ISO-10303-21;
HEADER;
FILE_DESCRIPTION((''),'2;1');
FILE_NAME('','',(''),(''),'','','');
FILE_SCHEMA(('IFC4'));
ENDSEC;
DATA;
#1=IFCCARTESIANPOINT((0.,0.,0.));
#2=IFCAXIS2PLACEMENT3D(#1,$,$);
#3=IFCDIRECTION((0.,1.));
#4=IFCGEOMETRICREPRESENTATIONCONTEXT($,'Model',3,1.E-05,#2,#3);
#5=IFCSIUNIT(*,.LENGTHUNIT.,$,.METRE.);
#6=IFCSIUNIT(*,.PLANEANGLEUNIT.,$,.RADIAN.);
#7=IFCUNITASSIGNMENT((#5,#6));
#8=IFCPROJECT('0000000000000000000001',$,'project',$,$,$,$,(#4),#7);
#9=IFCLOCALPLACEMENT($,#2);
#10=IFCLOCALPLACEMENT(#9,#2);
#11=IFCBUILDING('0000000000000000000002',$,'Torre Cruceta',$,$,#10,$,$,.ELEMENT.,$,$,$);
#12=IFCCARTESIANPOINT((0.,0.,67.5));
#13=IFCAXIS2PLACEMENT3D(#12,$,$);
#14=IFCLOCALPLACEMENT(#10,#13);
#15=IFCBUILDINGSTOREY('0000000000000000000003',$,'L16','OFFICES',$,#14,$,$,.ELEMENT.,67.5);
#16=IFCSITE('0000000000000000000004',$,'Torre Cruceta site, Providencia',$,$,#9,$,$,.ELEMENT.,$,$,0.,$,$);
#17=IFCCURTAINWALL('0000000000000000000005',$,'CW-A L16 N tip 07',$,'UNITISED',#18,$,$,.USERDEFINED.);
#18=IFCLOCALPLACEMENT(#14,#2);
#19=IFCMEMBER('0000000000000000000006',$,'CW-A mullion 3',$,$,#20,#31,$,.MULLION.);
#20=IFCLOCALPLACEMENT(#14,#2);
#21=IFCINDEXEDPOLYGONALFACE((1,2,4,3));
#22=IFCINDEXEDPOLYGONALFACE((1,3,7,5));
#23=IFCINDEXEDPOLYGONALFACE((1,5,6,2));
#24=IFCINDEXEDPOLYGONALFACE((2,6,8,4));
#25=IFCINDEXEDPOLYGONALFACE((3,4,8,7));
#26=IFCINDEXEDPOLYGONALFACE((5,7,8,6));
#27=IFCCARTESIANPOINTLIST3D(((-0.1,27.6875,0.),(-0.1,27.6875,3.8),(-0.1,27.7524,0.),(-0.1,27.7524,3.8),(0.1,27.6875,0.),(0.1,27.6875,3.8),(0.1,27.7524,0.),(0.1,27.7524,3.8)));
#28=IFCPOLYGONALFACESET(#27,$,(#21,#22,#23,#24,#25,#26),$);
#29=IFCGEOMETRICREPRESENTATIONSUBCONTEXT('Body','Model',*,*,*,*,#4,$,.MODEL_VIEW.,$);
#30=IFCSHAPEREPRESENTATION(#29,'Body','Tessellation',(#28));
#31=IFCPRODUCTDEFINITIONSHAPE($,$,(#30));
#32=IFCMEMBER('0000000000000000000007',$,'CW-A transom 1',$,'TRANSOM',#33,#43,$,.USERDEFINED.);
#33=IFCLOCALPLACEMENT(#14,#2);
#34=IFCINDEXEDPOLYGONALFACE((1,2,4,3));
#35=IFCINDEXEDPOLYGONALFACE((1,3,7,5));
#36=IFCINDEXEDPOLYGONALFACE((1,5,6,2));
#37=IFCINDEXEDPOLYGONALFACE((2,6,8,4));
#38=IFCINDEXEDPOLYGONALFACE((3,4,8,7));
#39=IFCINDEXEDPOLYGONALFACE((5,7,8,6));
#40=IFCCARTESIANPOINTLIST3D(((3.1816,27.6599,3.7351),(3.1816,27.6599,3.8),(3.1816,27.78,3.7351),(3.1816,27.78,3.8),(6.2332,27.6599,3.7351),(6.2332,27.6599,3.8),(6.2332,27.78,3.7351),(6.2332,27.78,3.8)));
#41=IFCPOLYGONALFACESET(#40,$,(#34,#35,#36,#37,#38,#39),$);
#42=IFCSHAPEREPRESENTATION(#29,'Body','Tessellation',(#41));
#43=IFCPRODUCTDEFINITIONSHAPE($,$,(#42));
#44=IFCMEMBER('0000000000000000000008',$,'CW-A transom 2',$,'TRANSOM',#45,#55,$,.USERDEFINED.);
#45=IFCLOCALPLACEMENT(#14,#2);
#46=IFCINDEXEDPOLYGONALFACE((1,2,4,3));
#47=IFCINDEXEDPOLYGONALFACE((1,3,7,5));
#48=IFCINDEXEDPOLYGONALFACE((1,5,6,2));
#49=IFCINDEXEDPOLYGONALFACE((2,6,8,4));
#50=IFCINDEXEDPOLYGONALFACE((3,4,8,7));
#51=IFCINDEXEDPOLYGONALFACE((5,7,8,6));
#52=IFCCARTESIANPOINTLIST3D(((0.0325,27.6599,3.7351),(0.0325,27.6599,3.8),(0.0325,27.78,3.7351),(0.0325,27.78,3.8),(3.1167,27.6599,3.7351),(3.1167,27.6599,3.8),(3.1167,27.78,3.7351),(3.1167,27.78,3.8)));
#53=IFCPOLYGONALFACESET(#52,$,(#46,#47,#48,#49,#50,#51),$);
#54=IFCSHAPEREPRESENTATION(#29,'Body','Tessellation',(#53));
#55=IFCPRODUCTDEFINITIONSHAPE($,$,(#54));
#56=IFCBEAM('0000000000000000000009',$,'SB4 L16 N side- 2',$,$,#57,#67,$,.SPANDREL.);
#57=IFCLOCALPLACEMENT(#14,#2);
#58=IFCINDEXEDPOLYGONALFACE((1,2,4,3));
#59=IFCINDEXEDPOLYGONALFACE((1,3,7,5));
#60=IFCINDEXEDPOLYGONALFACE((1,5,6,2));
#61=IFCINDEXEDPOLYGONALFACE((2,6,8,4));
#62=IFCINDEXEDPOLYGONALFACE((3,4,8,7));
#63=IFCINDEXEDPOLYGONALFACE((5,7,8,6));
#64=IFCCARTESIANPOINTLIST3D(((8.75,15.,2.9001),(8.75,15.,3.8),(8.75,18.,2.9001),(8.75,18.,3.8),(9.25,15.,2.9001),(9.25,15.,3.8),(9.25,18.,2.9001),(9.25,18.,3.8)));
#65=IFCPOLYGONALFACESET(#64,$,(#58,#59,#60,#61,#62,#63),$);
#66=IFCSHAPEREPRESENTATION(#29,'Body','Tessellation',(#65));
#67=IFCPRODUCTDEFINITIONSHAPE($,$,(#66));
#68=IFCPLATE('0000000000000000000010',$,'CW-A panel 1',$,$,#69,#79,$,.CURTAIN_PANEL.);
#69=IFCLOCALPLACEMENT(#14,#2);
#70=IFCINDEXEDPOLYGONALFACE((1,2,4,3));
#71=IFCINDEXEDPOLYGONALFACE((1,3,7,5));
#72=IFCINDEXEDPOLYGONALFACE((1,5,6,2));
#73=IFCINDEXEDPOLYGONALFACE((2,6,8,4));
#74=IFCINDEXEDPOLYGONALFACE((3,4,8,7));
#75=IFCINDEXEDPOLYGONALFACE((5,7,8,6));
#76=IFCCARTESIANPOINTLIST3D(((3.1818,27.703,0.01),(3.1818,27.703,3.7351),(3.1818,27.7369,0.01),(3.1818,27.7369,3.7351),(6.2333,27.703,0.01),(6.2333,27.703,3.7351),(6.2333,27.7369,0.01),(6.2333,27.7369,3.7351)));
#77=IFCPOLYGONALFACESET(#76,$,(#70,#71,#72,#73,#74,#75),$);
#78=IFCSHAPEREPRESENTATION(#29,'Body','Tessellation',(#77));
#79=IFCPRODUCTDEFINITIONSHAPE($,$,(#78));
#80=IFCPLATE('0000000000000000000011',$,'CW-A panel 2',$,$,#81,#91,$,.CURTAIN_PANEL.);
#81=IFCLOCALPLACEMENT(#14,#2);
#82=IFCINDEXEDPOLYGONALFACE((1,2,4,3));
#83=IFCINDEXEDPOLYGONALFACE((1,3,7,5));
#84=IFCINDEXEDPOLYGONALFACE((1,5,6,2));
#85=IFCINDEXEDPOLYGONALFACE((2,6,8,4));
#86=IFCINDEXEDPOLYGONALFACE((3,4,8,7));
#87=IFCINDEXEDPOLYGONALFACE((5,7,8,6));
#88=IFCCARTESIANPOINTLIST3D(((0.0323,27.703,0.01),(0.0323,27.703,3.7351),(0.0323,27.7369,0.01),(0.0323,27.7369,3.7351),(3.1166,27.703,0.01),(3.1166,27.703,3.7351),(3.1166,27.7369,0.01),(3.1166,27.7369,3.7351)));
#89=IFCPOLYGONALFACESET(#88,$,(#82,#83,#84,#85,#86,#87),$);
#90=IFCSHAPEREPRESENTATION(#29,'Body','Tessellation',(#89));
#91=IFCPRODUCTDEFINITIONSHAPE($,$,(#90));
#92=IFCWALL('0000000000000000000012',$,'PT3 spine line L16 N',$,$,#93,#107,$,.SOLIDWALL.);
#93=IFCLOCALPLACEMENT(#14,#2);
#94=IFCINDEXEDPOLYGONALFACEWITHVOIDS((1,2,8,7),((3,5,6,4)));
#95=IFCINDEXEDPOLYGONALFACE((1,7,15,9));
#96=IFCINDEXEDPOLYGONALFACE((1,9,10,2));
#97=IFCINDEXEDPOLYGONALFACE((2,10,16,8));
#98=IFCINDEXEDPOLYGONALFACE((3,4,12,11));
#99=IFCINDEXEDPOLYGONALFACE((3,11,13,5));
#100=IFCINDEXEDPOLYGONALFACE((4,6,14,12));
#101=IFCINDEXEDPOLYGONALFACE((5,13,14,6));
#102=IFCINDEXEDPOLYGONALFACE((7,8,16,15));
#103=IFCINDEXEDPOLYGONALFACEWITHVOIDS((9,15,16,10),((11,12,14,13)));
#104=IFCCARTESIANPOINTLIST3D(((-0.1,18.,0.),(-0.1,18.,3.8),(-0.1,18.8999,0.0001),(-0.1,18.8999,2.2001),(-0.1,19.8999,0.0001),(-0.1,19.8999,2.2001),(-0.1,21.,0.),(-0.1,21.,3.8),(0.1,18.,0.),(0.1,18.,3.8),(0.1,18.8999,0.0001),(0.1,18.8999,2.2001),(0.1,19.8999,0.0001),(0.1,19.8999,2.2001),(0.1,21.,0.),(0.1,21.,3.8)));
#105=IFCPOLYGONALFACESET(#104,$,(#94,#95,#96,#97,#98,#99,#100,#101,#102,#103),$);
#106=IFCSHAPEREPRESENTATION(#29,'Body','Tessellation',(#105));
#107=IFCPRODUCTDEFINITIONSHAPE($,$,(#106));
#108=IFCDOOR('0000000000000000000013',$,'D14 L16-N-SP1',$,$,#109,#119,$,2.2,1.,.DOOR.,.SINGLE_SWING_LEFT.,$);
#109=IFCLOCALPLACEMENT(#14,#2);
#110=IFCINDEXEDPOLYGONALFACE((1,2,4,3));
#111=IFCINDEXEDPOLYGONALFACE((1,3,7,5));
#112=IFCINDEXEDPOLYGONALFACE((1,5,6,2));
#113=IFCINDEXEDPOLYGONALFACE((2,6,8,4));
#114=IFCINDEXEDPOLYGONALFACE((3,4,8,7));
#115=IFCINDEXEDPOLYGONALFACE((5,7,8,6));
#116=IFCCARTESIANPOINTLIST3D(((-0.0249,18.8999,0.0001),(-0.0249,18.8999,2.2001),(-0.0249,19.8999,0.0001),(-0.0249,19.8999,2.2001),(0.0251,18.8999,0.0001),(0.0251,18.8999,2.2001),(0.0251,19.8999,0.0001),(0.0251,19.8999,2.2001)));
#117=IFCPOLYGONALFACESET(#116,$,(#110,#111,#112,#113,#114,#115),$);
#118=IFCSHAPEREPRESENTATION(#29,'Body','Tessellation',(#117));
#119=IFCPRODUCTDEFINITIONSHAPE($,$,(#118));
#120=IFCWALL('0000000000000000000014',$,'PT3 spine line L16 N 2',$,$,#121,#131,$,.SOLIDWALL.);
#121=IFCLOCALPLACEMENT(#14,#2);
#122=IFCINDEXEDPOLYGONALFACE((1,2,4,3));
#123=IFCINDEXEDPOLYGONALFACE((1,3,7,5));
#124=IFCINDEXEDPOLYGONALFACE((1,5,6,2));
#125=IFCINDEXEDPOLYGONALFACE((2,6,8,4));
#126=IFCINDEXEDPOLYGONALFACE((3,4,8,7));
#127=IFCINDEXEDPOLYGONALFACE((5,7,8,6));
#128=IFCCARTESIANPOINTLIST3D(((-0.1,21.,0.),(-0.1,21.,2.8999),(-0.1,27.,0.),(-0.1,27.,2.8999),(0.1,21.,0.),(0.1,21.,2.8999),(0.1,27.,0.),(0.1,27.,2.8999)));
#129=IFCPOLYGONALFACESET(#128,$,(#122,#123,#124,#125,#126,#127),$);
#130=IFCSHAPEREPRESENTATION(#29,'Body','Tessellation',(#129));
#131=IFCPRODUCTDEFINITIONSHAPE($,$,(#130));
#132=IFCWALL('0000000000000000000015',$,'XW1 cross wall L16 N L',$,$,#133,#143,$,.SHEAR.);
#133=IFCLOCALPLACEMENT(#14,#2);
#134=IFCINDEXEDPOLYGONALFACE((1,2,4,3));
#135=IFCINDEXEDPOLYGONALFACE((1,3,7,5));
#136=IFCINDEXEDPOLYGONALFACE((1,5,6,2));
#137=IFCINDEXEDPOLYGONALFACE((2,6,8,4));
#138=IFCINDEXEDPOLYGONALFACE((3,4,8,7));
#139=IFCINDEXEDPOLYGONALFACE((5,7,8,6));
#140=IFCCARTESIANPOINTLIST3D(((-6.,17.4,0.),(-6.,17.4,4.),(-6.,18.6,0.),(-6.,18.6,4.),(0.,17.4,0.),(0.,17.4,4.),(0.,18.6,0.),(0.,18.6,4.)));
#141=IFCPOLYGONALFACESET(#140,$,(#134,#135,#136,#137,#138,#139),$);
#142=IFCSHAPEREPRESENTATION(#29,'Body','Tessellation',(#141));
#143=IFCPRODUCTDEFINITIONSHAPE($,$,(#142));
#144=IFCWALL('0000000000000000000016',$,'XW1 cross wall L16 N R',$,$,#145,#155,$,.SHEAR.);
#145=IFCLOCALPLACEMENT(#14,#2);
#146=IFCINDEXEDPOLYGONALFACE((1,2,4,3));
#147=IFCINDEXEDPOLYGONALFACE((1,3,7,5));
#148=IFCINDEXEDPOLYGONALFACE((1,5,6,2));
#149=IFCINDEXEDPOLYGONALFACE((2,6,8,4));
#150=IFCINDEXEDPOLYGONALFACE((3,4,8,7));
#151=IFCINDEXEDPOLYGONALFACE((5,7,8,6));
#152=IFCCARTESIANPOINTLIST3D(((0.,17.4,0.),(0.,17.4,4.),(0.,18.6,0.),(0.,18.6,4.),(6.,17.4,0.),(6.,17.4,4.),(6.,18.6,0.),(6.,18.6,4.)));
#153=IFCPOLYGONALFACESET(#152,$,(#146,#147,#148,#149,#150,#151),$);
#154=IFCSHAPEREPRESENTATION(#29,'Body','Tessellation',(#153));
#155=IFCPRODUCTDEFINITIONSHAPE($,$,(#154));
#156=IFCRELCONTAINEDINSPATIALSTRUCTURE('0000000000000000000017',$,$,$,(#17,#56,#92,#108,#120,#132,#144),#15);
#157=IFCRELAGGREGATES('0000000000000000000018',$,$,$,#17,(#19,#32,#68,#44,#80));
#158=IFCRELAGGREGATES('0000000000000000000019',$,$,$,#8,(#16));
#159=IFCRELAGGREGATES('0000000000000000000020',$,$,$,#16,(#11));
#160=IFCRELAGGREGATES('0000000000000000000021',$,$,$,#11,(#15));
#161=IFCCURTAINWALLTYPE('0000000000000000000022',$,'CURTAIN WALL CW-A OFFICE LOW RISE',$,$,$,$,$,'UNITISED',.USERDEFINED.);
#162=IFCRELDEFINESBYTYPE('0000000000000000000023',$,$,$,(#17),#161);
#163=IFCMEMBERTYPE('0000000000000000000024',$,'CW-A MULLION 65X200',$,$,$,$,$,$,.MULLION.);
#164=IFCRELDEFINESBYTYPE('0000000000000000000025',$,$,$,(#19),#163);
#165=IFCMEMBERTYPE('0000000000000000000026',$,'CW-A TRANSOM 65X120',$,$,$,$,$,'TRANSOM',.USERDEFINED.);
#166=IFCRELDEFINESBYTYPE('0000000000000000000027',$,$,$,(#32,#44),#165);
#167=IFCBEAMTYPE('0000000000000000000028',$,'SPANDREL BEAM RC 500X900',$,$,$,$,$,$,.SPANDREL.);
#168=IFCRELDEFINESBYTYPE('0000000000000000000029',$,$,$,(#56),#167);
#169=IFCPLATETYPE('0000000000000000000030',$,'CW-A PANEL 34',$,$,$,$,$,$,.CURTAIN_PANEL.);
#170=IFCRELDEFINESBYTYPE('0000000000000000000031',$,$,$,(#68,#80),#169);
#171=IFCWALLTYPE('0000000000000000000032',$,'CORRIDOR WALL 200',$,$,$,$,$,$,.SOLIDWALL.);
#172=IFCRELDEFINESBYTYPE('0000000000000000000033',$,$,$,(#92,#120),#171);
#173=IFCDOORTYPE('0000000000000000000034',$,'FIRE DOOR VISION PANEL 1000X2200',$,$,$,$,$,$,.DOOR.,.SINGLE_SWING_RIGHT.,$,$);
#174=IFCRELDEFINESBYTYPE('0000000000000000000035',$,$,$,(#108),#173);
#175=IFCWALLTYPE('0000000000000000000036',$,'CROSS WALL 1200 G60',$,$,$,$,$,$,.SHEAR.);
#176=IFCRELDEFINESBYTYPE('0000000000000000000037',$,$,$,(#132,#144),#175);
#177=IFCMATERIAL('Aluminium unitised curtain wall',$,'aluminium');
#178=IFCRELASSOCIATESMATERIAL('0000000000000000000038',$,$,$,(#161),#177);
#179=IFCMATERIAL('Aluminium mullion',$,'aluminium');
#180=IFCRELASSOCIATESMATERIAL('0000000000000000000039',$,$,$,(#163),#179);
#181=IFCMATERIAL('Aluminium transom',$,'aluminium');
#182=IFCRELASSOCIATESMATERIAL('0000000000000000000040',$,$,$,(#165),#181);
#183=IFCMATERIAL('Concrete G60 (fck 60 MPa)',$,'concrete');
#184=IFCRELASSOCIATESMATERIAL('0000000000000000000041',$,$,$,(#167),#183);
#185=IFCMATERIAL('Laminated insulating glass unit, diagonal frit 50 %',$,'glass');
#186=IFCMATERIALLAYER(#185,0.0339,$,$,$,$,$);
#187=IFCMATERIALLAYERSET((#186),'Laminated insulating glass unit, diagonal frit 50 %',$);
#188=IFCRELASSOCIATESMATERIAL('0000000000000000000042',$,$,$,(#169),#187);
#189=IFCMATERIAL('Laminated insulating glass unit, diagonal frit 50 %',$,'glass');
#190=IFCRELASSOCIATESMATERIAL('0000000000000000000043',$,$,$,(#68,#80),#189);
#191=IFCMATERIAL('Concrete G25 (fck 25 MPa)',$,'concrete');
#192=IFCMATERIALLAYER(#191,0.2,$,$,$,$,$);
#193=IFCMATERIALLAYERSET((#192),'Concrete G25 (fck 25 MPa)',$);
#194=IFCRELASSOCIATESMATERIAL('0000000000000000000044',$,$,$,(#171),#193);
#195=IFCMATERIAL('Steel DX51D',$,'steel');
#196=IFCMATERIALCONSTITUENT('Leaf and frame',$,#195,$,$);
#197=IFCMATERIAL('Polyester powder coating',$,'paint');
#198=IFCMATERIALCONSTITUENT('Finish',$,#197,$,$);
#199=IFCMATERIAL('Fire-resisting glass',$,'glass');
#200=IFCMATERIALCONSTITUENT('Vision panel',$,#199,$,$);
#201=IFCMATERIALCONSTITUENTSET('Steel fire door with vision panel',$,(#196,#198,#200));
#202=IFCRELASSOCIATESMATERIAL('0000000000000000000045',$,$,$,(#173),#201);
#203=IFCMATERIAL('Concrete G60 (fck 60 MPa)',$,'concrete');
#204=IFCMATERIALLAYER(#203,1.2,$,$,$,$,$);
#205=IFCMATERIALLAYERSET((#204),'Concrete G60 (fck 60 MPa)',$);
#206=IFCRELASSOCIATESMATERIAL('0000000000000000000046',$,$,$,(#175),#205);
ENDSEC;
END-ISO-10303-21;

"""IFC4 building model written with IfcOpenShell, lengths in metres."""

from ifc_helpers import new_model, si_unit, direction, frame, frame_2d, origin, origin_2d, place, context, subcontext, project, spatial, rectangle, extrude, material, layer, layer_set, constituent, constituent_set, material_profile, profile_set, type_object, element, fill, aggregate, save


model = new_model("IFC4")

# Units and contexts
model_context = context("Model", 3, precision=1e-05, world=origin(), true_north=direction((0.0, 1.0)))
body_context = subcontext(model_context, "Body", "Model", "MODEL_VIEW")
ifc_project = project(units=[si_unit("LENGTHUNIT", "METRE"), si_unit("PLANEANGLEUNIT", "RADIAN")], contexts=[model_context])

# Site, building, storey
site_placement = place(None, origin())
site = spatial("IfcSite", under=ifc_project, at=site_placement, Name="Torre Cruceta site, Providencia", CompositionType="ELEMENT", RefElevation=0.0)
building_placement = place(site_placement, origin())
building = spatial("IfcBuilding", under=site, at=building_placement, Name="Torre Cruceta", CompositionType="ELEMENT")
storey_placement = place(building_placement, frame((0.0, 0.0, 67.5)))
storey = spatial("IfcBuildingStorey", under=building, at=storey_placement, Name="L16", Description="OFFICES", CompositionType="ELEMENT", Elevation=67.5)

# Curtain wall, members
ifc_material_1 = material(Name="Aluminium unitised curtain wall", Category="aluminium")
curtain_wall_type = type_object("IfcCurtainWallType", Name="CURTAIN WALL CW-A OFFICE LOW RISE", ElementType="UNITISED", PredefinedType="USERDEFINED", material=ifc_material_1)
curtain_wall_placement = place(storey_placement, origin())
curtain_wall = element("IfcCurtainWall", 1, at=curtain_wall_placement, inside=storey, type_object=curtain_wall_type, Name="CW-A L16 N tip 07", ObjectType="UNITISED", PredefinedType="USERDEFINED")
ifc_material_2 = material(Name="Aluminium mullion", Category="aluminium")
ifc_material_profile_1 = material_profile(ifc_material_2, rectangle(XDim=0.0649, YDim=0.2, at=origin_2d()), Name="AL 65X200")
ifc_profile_set_1 = profile_set([ifc_material_profile_1], Name="Aluminium mullion")
member_type_1 = type_object("IfcMemberType", Name="CW-A MULLION 65X200", PredefinedType="MULLION", material=ifc_profile_set_1)
member_1_placement = place(storey_placement, frame((0.0, 27.72, 0.0), z_axis=(0.0, 0.0, 1.0), x_axis=(0.0, -1.0, 0.0)))
member_1 = element("IfcMember", 2, at=member_1_placement, type_object=member_type_1, Name="CW-A mullion 3", PredefinedType="MULLION", context=body_context, shape_type="SweptSolid", body=[
    extrude(rectangle(XDim=0.0649, YDim=0.2, at=origin_2d()), origin(), (0.0, 0.0, 1.0), 3.8),
])
ifc_material_3 = material(Name="Aluminium transom", Category="aluminium")
ifc_material_profile_2 = material_profile(ifc_material_3, rectangle(XDim=0.1201, YDim=0.0649, at=origin_2d()), Name="AL 120X65")
ifc_profile_set_2 = profile_set([ifc_material_profile_2], Name="Aluminium transom")
member_type_2 = type_object("IfcMemberType", Name="CW-A TRANSOM 65X120", ElementType="TRANSOM", PredefinedType="USERDEFINED", material=ifc_profile_set_2)
member_2_placement = place(storey_placement, frame((6.2332, 27.72, 3.7676), z_axis=(-1.0, 0.0, 0.0), x_axis=(0.0, -1.0, 0.0)))
member_2 = element("IfcMember", 3, at=member_2_placement, type_object=member_type_2, Name="CW-A transom 1", ObjectType="TRANSOM", PredefinedType="USERDEFINED", context=body_context, shape_type="SweptSolid", body=[
    extrude(rectangle(XDim=0.1201, YDim=0.0649, at=origin_2d()), origin(), (0.0, 0.0, 1.0), 3.0515),
])
member_3_placement = place(storey_placement, frame((3.1167, 27.72, 3.7676), z_axis=(-1.0, 0.0, 0.0), x_axis=(0.0, -1.0, 0.0)))
member_3 = element("IfcMember", 4, at=member_3_placement, type_object=member_type_2, Name="CW-A transom 2", ObjectType="TRANSOM", PredefinedType="USERDEFINED", context=body_context, shape_type="SweptSolid", body=[
    extrude(rectangle(XDim=0.1201, YDim=0.0649, at=origin_2d()), origin(), (0.0, 0.0, 1.0), 3.0842),
])

# Beam
ifc_material_4 = material(Name="Concrete G60 (fck 60 MPa)", Category="concrete")
ifc_material_profile_3 = material_profile(ifc_material_4, rectangle(XDim=0.5, YDim=0.8999, at=origin_2d()), Name="RC 500X900")
ifc_profile_set_3 = profile_set([ifc_material_profile_3], Name="Concrete G60 (fck 60 MPa)")
beam_type_1 = type_object("IfcBeamType", Name="SPANDREL BEAM RC 500X900", PredefinedType="SPANDREL", material=ifc_profile_set_3)
beam_placement = place(storey_placement, frame((9.0, 15.0, 3.3501), z_axis=(0.0, 1.0, 0.0), x_axis=(-1.0, 0.0, 0.0)))
element("IfcBeam", 5, at=beam_placement, inside=storey, type_object=beam_type_1, Name="SB4 L16 N side- 2", PredefinedType="SPANDREL", context=body_context, shape_type="SweptSolid", body=[
    extrude(rectangle(XDim=0.5, YDim=0.8999, at=origin_2d()), origin(), (0.0, 0.0, 1.0), 3.0),
])

# Plates
ifc_material_5 = material(Name="Laminated insulating glass unit, diagonal frit 50 %", Category="glass")
ifc_material_6 = material(Name="Laminated insulating glass unit, diagonal frit 50 %", Category="glass")
ifc_layer_1 = layer(ifc_material_6, 0.0339)
ifc_layer_set_1 = layer_set([ifc_layer_1], Name="Laminated insulating glass unit, diagonal frit 50 %")
plate_type = type_object("IfcPlateType", Name="CW-A PANEL 34", PredefinedType="CURTAIN_PANEL", material=ifc_layer_set_1)
plate_1_placement = place(storey_placement, frame((4.7075, 27.72, 0.01), z_axis=(0.0, 0.0, 1.0), x_axis=(-1.0, 0.0, 0.0)))
plate_1 = element("IfcPlate", 6, at=plate_1_placement, type_object=plate_type, material=ifc_material_5, Name="CW-A panel 1", PredefinedType="CURTAIN_PANEL", context=body_context, shape_type="SweptSolid", body=[
    extrude(rectangle(XDim=3.0515, YDim=0.0339, at=origin_2d()), origin(), (0.0, 0.0, 1.0), 3.7251),
])
plate_2_placement = place(storey_placement, frame((1.5745, 27.72, 0.01), z_axis=(0.0, 0.0, 1.0), x_axis=(-1.0, 0.0, 0.0)))
plate_2 = element("IfcPlate", 7, at=plate_2_placement, type_object=plate_type, material=ifc_material_5, Name="CW-A panel 2", PredefinedType="CURTAIN_PANEL", context=body_context, shape_type="SweptSolid", body=[
    extrude(rectangle(XDim=3.0842, YDim=0.0339, at=origin_2d()), origin(), (0.0, 0.0, 1.0), 3.7251),
])
aggregate(curtain_wall, [member_1, member_2, plate_1, member_3, plate_2])

# Wall, opening, door
ifc_material_7 = material(Name="Concrete G25 (fck 25 MPa)", Category="concrete")
ifc_layer_2 = layer(ifc_material_7, 0.2)
ifc_layer_set_2 = layer_set([ifc_layer_2], Name="Concrete G25 (fck 25 MPa)")
wall_type_1 = type_object("IfcWallType", Name="CORRIDOR WALL 200", PredefinedType="SOLIDWALL", material=ifc_layer_set_2)
wall_1_placement = place(storey_placement, frame((0.0, 18.0, 0.0), z_axis=(0.0, 0.0, 1.0), x_axis=(0.0, 1.0, 0.0)))
wall_1 = element("IfcWall", 8, at=wall_1_placement, inside=storey, type_object=wall_type_1, Name="PT3 spine line L16 N", PredefinedType="SOLIDWALL", context=body_context, shape_type="SweptSolid", body=[
    extrude(rectangle(XDim=3.0, YDim=0.2, at=frame_2d((1.5, 0.0))), origin(), (0.0, 0.0, 1.0), 3.8),
])
opening_placement = place(wall_1_placement, frame((0.8999, 0.0, 0.0)))
opening = element("IfcOpeningElement", 9, at=opening_placement, cuts=wall_1, PredefinedType="OPENING", context=body_context, shape_type="SweptSolid", body=[
    extrude(rectangle(XDim=1.0, YDim=2.2, at=frame_2d((0.5, 1.1001))), frame((0.0, 0.1099, 0.0), z_axis=(0.0, -1.0, 0.0), x_axis=(1.0, 0.0, 0.0)), (0.0, 0.0, 1.0), 0.22),
])
ifc_material_8 = material(Name="Steel DX51D", Category="steel")
ifc_constituent_1 = constituent(ifc_material_8, Name="Leaf and frame")
ifc_material_9 = material(Name="Polyester powder coating", Category="paint")
ifc_constituent_2 = constituent(ifc_material_9, Name="Finish")
ifc_material_10 = material(Name="Fire-resisting glass", Category="glass")
ifc_constituent_3 = constituent(ifc_material_10, Name="Vision panel")
ifc_constituent_set = constituent_set(constituents=[ifc_constituent_1, ifc_constituent_2, ifc_constituent_3], Name="Steel fire door with vision panel")
door_type = type_object("IfcDoorType", Name="FIRE DOOR VISION PANEL 1000X2200", OperationType="SINGLE_SWING_RIGHT", PredefinedType="DOOR", material=ifc_constituent_set)
door_placement = place(opening_placement, origin())
door = element("IfcDoor", 10, at=door_placement, inside=storey, type_object=door_type, Name="D14 L16-N-SP1", OperationType="SINGLE_SWING_LEFT", OverallHeight=2.2, OverallWidth=1.0, PredefinedType="DOOR", context=body_context, shape_type="SweptSolid", body=[
    extrude(rectangle(XDim=1.0, YDim=2.2, at=frame_2d((0.5, 1.1001))), frame((0.0, 0.0249, 0.0), z_axis=(0.0, -1.0, 0.0), x_axis=(1.0, 0.0, 0.0)), (0.0, 0.0, 1.0), 0.05),
])
fill(opening, door)

# Walls
wall_2_placement = place(storey_placement, frame((0.0, 21.0, 0.0), z_axis=(0.0, 0.0, 1.0), x_axis=(0.0, 1.0, 0.0)))
element("IfcWall", 11, at=wall_2_placement, inside=storey, type_object=wall_type_1, Name="PT3 spine line L16 N 2", PredefinedType="SOLIDWALL", context=body_context, shape_type="SweptSolid", body=[
    extrude(rectangle(XDim=6.0, YDim=0.2, at=frame_2d((3.0, 0.0))), origin(), (0.0, 0.0, 1.0), 2.8999),
])
ifc_material_11 = material(Name="Concrete G60 (fck 60 MPa)", Category="concrete")
ifc_layer_3 = layer(ifc_material_11, 1.2)
ifc_layer_set_3 = layer_set([ifc_layer_3], Name="Concrete G60 (fck 60 MPa)")
wall_type_2 = type_object("IfcWallType", Name="CROSS WALL 1200 G60", PredefinedType="SHEAR", material=ifc_layer_set_3)
for number, where, z_axis, x_axis, name in (
    (12, (0.0, 18.0, 0.0), (0.0, 0.0, 1.0), (-1.0, 0.0, 0.0), "XW1 cross wall L16 N L"),
    (13, (0.0, 18.0, 0.0), (0.0, 0.0, 1.0), (1.0, 0.0, 0.0), "XW1 cross wall L16 N R"),
):
    element("IfcWall", number, at=place(storey_placement, frame(where, z_axis=z_axis, x_axis=x_axis)), inside=storey, type_object=wall_type_2, Name=name, PredefinedType="SHEAR", context=body_context, shape_type="SweptSolid", body=[
        extrude(rectangle(XDim=6.0, YDim=1.2, at=frame_2d((3.0, 0.0))), origin(), (0.0, 0.0, 1.0), 4.0),
    ])

save(model, "model.ifc")
